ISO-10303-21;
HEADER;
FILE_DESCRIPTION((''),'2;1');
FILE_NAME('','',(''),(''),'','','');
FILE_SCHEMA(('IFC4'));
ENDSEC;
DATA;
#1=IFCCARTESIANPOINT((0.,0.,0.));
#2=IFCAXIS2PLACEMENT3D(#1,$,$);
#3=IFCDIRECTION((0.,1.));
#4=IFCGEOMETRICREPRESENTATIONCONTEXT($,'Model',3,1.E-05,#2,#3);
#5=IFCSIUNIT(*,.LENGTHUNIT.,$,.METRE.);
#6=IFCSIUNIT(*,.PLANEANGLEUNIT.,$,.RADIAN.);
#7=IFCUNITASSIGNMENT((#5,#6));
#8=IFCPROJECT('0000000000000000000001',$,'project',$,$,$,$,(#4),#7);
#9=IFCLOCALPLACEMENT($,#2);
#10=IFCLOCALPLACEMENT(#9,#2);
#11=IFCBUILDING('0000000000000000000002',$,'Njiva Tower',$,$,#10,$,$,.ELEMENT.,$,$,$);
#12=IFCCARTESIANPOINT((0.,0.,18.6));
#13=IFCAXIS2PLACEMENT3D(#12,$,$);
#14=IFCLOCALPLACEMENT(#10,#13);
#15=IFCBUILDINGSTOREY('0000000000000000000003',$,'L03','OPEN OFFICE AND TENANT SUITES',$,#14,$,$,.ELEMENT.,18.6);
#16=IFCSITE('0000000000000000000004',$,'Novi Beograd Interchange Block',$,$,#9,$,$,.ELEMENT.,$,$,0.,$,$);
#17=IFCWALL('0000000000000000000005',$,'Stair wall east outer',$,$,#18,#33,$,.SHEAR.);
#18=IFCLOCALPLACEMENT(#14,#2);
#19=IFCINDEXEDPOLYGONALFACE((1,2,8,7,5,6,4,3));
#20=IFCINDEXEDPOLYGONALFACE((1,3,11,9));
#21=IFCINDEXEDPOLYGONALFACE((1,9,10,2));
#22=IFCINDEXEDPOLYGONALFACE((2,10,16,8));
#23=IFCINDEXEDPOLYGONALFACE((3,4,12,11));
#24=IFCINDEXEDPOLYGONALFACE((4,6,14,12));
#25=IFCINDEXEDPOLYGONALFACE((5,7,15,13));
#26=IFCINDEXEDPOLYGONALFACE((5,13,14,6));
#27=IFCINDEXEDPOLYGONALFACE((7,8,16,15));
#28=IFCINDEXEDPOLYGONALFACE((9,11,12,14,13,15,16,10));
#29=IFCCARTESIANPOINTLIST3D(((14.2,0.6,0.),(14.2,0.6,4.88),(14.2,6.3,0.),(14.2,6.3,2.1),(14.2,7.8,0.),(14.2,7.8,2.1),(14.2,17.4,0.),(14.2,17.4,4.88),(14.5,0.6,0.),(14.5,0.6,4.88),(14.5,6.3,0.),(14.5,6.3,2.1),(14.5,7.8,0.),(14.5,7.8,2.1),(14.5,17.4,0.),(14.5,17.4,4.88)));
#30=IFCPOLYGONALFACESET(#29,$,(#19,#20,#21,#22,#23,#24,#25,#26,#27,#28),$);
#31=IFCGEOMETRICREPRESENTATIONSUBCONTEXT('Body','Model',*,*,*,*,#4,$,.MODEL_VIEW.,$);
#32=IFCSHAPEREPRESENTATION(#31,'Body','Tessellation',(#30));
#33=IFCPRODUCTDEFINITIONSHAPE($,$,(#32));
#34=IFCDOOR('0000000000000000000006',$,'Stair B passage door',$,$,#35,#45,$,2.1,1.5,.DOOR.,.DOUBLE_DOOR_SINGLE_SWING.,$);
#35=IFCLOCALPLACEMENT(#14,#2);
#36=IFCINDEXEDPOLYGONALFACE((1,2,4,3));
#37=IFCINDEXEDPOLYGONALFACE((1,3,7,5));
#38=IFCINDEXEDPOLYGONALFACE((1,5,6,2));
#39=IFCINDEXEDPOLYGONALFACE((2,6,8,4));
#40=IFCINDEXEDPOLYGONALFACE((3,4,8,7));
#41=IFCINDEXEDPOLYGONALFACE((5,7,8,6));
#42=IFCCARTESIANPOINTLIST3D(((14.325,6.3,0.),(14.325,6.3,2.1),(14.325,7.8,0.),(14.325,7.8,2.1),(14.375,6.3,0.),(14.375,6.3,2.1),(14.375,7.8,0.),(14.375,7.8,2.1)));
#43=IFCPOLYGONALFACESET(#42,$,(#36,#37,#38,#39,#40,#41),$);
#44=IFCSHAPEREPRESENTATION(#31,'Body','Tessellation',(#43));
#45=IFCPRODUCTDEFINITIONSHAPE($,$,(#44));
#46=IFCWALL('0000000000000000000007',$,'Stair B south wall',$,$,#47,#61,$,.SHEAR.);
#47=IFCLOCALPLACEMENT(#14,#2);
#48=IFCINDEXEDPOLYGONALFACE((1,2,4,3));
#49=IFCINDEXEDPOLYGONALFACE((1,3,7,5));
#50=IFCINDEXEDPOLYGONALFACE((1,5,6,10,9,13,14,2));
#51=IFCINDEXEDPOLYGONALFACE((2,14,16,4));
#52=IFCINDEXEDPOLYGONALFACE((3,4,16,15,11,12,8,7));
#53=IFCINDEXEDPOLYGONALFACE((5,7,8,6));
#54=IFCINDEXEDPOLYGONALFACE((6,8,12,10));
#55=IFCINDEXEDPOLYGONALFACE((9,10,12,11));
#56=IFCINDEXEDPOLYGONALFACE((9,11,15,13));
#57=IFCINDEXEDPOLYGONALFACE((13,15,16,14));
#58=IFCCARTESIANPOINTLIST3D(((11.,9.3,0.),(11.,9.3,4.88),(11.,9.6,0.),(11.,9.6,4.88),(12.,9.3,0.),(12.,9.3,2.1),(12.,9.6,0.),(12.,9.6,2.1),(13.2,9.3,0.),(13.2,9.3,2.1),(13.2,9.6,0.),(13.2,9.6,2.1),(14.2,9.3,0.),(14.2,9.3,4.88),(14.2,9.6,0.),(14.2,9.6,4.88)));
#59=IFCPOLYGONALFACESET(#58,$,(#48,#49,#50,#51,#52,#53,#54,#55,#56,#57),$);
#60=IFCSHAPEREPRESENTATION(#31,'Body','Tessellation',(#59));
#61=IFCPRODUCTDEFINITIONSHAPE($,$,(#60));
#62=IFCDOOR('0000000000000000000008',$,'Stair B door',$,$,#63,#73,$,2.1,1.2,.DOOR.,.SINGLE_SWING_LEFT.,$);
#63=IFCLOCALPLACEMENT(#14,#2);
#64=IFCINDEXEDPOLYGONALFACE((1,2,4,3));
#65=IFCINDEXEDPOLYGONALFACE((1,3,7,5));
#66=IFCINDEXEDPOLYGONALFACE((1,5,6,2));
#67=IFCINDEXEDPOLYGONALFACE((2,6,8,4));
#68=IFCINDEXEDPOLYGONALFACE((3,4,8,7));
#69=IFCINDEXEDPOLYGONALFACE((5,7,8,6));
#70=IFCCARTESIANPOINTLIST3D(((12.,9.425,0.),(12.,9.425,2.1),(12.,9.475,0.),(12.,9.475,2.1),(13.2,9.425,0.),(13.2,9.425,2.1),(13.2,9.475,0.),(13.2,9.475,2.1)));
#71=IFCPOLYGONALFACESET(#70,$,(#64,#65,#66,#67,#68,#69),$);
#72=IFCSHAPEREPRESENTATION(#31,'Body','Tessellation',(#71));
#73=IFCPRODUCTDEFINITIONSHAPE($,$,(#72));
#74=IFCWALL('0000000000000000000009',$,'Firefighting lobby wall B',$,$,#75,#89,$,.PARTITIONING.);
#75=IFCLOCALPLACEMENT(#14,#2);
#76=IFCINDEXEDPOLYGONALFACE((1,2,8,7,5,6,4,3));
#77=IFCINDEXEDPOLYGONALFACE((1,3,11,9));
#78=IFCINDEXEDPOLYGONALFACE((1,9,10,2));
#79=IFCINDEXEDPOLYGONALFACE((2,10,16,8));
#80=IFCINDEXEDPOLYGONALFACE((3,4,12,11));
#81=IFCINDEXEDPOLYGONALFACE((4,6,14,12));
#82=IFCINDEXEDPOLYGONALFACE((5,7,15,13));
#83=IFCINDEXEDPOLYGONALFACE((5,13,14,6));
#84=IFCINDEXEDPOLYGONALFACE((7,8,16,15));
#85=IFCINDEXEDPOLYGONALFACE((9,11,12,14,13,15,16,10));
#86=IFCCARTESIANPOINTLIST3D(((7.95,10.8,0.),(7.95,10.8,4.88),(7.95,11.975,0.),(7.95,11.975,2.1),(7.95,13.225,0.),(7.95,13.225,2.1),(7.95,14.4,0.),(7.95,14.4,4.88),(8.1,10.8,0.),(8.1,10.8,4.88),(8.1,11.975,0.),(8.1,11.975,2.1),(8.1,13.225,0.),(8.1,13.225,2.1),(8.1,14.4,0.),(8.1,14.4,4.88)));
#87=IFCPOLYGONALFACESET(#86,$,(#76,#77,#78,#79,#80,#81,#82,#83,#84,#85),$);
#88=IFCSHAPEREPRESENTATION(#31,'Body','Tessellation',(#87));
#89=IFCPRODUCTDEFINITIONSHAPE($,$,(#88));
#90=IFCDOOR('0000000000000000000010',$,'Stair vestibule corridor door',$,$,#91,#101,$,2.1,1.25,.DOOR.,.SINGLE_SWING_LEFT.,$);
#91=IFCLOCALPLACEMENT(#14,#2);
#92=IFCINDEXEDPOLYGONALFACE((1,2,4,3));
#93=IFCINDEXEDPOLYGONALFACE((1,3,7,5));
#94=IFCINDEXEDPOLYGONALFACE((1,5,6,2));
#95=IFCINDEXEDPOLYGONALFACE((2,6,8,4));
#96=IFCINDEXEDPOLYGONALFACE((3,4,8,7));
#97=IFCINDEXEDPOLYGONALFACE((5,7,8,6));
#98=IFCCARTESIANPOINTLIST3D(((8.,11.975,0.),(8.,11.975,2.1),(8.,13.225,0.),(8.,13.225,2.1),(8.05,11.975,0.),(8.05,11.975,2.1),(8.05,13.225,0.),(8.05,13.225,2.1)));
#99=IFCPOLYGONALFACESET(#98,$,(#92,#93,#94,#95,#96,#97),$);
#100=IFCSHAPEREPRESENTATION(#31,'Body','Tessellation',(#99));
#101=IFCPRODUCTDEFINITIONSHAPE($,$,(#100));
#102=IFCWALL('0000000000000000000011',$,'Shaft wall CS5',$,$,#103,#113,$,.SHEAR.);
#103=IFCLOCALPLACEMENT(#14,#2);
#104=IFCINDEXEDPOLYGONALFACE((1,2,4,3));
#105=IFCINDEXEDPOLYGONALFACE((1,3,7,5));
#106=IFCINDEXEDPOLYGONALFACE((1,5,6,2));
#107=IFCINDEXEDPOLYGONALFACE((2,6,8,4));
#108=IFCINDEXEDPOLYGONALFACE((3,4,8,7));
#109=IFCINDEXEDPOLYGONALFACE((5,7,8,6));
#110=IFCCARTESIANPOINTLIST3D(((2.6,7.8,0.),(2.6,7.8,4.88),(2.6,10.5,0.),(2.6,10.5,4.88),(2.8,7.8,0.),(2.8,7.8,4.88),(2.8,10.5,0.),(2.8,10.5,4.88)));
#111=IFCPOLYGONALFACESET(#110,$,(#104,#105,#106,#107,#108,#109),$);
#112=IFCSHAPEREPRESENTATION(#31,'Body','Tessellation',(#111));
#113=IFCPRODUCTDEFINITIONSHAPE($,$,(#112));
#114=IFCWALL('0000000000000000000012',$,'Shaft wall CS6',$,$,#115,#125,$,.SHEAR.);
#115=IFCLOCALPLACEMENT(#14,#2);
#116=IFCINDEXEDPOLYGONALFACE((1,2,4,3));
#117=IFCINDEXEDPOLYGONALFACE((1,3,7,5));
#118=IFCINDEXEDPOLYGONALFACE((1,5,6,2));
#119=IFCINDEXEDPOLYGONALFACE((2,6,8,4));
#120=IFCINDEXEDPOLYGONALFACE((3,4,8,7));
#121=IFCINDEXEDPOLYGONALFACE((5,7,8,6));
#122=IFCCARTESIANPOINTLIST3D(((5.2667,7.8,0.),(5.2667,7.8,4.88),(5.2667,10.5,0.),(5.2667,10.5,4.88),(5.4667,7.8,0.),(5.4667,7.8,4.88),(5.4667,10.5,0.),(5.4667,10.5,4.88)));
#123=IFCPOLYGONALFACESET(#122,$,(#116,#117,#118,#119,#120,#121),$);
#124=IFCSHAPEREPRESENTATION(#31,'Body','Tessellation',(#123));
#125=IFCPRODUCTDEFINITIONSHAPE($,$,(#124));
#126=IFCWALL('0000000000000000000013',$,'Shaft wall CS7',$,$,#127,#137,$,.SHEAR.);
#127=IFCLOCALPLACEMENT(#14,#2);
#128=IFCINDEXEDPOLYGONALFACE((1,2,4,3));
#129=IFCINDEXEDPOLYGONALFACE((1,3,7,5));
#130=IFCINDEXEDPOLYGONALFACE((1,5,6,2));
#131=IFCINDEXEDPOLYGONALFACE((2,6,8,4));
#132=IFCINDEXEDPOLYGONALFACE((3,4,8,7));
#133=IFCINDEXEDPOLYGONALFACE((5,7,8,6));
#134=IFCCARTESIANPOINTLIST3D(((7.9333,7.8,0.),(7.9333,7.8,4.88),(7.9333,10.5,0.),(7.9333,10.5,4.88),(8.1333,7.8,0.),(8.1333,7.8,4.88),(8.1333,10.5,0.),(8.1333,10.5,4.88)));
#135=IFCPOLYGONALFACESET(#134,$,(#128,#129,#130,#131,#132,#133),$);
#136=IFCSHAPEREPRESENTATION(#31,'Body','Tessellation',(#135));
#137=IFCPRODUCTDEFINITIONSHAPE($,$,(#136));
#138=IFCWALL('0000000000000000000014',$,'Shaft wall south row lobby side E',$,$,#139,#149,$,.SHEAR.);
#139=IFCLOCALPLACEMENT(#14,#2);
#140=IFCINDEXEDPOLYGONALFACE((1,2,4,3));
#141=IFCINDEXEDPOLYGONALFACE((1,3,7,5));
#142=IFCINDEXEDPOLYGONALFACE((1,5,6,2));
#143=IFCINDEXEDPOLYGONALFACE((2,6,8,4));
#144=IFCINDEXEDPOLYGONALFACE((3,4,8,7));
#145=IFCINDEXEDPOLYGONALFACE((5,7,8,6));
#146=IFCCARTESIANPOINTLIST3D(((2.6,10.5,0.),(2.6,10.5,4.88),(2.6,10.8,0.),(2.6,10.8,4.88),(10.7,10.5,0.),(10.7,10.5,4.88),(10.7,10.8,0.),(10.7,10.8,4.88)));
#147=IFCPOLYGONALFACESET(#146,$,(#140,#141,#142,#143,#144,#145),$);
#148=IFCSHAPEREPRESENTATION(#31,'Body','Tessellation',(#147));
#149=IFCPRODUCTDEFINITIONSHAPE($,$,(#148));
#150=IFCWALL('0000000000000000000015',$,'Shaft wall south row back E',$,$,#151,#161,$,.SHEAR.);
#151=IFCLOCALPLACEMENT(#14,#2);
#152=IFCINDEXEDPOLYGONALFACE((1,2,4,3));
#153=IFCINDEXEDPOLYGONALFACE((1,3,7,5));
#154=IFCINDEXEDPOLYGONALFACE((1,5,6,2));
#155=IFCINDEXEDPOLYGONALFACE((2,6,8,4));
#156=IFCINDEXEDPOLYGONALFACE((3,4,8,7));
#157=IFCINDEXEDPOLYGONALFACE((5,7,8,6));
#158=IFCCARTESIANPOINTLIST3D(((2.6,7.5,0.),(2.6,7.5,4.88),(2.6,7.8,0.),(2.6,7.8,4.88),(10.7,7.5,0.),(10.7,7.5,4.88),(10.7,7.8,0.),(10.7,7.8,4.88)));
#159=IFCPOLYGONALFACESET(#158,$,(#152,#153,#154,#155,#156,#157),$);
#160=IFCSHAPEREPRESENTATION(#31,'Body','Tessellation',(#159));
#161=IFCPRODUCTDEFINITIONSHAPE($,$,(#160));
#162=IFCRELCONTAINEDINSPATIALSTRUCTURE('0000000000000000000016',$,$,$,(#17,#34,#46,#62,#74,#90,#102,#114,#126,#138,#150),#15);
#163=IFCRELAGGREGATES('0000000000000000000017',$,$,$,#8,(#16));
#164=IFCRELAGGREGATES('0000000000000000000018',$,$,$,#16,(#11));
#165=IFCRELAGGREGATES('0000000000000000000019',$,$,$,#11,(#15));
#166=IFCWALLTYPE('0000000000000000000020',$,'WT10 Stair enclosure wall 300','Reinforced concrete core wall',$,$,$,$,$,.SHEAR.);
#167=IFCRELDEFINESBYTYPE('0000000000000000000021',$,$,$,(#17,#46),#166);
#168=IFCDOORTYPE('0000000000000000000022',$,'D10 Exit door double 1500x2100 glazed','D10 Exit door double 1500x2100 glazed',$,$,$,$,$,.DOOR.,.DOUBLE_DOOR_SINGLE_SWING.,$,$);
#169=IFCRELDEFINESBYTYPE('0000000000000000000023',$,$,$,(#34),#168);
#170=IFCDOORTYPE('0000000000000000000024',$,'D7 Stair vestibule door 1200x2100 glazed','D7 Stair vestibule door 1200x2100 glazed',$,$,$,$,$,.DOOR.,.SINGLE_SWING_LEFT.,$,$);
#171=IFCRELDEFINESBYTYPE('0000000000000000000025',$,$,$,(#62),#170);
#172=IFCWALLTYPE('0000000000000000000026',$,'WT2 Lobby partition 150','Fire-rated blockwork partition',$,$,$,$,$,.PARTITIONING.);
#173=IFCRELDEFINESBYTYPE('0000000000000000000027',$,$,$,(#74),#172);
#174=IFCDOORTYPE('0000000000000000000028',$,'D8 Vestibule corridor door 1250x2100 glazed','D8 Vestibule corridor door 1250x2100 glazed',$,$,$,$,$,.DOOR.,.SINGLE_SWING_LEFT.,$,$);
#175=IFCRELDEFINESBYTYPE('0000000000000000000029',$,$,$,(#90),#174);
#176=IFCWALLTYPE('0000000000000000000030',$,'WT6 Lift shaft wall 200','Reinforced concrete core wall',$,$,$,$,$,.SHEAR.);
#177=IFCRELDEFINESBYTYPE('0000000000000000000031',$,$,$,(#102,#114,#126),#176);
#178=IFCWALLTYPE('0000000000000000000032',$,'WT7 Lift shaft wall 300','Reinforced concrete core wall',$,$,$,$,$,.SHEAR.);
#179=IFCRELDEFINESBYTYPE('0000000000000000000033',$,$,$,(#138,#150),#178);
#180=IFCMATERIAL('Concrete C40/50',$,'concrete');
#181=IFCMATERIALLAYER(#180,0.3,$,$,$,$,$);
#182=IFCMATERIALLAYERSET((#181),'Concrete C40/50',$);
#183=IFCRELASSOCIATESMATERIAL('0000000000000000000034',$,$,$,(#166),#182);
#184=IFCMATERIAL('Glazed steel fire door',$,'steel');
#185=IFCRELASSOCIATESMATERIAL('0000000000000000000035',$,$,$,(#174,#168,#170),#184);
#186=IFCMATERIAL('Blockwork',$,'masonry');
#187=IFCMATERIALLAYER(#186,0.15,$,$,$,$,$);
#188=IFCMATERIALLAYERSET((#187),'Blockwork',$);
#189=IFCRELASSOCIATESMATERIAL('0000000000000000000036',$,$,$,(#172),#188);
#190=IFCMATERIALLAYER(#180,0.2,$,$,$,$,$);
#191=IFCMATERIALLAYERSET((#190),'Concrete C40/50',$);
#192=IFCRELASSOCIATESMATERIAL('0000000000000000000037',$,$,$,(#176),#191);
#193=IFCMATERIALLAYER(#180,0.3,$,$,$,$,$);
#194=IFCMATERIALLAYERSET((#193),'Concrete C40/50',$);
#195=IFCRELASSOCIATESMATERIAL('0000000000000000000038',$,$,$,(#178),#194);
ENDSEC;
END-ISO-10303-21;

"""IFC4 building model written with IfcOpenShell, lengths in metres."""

from ifc_helpers import new_model, si_unit, direction, frame, frame_2d, origin, place, context, subcontext, project, spatial, rectangle, extrude, material, layer, layer_set, type_object, element, fill, save


model = new_model("IFC4")

# Units and contexts
model_context = context("Model", 3, precision=1e-05, world=origin(), true_north=direction((0.0, 1.0)))
body_context = subcontext(model_context, "Body", "Model", "MODEL_VIEW")
ifc_project = project(units=[si_unit("LENGTHUNIT", "METRE"), si_unit("PLANEANGLEUNIT", "RADIAN")], contexts=[model_context])

# Site, building, storey
site_placement = place(None, origin())
site = spatial("IfcSite", under=ifc_project, at=site_placement, Name="Novi Beograd Interchange Block", CompositionType="ELEMENT", RefElevation=0.0)
building_placement = place(site_placement, origin())
building = spatial("IfcBuilding", under=site, at=building_placement, Name="Njiva Tower", CompositionType="ELEMENT")
storey_placement = place(building_placement, frame((0.0, 0.0, 18.6)))
storey = spatial("IfcBuildingStorey", under=building, at=storey_placement, Name="L03", Description="OPEN OFFICE AND TENANT SUITES", CompositionType="ELEMENT", Elevation=18.6)

# Shared definitions
ifc_material_1 = material(Name="Concrete C40/50", Category="concrete")

# Shared definitions
ifc_material_2 = material(Name="Blockwork", Category="masonry")

# Shared definitions
ifc_layer_1 = layer(ifc_material_1, 0.3)
ifc_layer_set_1 = layer_set([ifc_layer_1], Name="Concrete C40/50")
wall_type_1 = type_object("IfcWallType", Name="WT10 Stair enclosure wall 300", Description="Reinforced concrete core wall", PredefinedType="SHEAR", material=ifc_layer_set_1)
ifc_material_3 = material(Name="Glazed steel fire door", Category="steel")
door_type_1 = type_object("IfcDoorType", Name="D8 Vestibule corridor door 1250x2100 glazed", Description="D8 Vestibule corridor door 1250x2100 glazed", OperationType="SINGLE_SWING_LEFT", PredefinedType="DOOR", material=ifc_material_3)

# Walls, openings, doors
wall_1_placement = place(storey_placement, frame((14.35, 0.6, 0.0), z_axis=(0.0, 0.0, 1.0), x_axis=(0.0, 1.0, 0.0)))
wall_1 = element("IfcWall", 1, at=wall_1_placement, inside=storey, type_object=wall_type_1, Name="Stair wall east outer", PredefinedType="SHEAR", context=body_context, shape_type="SweptSolid", body=[
    extrude(rectangle(XDim=16.8, YDim=0.3, at=frame_2d((8.4, 0.0))), origin(), (0.0, 0.0, 1.0), 4.88),
])
opening_1_placement = place(wall_1_placement, frame((5.7, 0.0, 0.0)))
opening_1 = element("IfcOpeningElement", 2, at=opening_1_placement, cuts=wall_1, PredefinedType="OPENING", context=body_context, shape_type="SweptSolid", body=[
    extrude(rectangle(XDim=1.5, YDim=2.1, at=frame_2d((0.75, 1.05))), frame((0.0, 0.16, 0.0), z_axis=(0.0, -1.0, 0.0), x_axis=(1.0, 0.0, 0.0)), (0.0, 0.0, 1.0), 0.32),
])
door_type_2 = type_object("IfcDoorType", Name="D10 Exit door double 1500x2100 glazed", Description="D10 Exit door double 1500x2100 glazed", OperationType="DOUBLE_DOOR_SINGLE_SWING", PredefinedType="DOOR", material=ifc_material_3)
door_1_placement = place(opening_1_placement, origin())
door_1 = element("IfcDoor", 3, at=door_1_placement, inside=storey, type_object=door_type_2, Name="Stair B passage door", OperationType="DOUBLE_DOOR_SINGLE_SWING", OverallHeight=2.1, OverallWidth=1.5, PredefinedType="DOOR", context=body_context, shape_type="SweptSolid", body=[
    extrude(rectangle(XDim=1.5, YDim=2.1, at=frame_2d((0.75, 1.05))), frame((0.0, 0.025, 0.0), z_axis=(0.0, -1.0, 0.0), x_axis=(1.0, 0.0, 0.0)), (0.0, 0.0, 1.0), 0.05),
])
fill(opening_1, door_1)
wall_2_placement = place(storey_placement, frame((11.0, 9.45, 0.0), z_axis=(0.0, 0.0, 1.0), x_axis=(1.0, 0.0, 0.0)))
wall_2 = element("IfcWall", 4, at=wall_2_placement, inside=storey, type_object=wall_type_1, Name="Stair B south wall", PredefinedType="SHEAR", context=body_context, shape_type="SweptSolid", body=[
    extrude(rectangle(XDim=3.2, YDim=0.3, at=frame_2d((1.6, 0.0))), origin(), (0.0, 0.0, 1.0), 4.88),
])
opening_2_placement = place(wall_2_placement, frame((1.0, 0.0, 0.0)))
opening_2 = element("IfcOpeningElement", 5, at=opening_2_placement, cuts=wall_2, PredefinedType="OPENING", context=body_context, shape_type="SweptSolid", body=[
    extrude(rectangle(XDim=1.2, YDim=2.1, at=frame_2d((0.6, 1.05))), frame((0.0, 0.16, 0.0), z_axis=(0.0, -1.0, 0.0), x_axis=(1.0, 0.0, 0.0)), (0.0, 0.0, 1.0), 0.32),
])
door_type_3 = type_object("IfcDoorType", Name="D7 Stair vestibule door 1200x2100 glazed", Description="D7 Stair vestibule door 1200x2100 glazed", OperationType="SINGLE_SWING_LEFT", PredefinedType="DOOR", material=ifc_material_3)
door_2_placement = place(opening_2_placement, origin())
door_2 = element("IfcDoor", 6, at=door_2_placement, inside=storey, type_object=door_type_3, Name="Stair B door", OperationType="SINGLE_SWING_LEFT", OverallHeight=2.1, OverallWidth=1.2, PredefinedType="DOOR", context=body_context, shape_type="SweptSolid", body=[
    extrude(rectangle(XDim=1.2, YDim=2.1, at=frame_2d((0.6, 1.05))), frame((0.0, 0.025, 0.0), z_axis=(0.0, -1.0, 0.0), x_axis=(1.0, 0.0, 0.0)), (0.0, 0.0, 1.0), 0.05),
])
fill(opening_2, door_2)
ifc_layer_2 = layer(ifc_material_2, 0.15)
ifc_layer_set_2 = layer_set([ifc_layer_2], Name="Blockwork")
wall_type_2 = type_object("IfcWallType", Name="WT2 Lobby partition 150", Description="Fire-rated blockwork partition", PredefinedType="PARTITIONING", material=ifc_layer_set_2)
wall_3_placement = place(storey_placement, frame((8.025, 10.8, 0.0), z_axis=(0.0, 0.0, 1.0), x_axis=(0.0, 1.0, 0.0)))
wall_3 = element("IfcWall", 7, at=wall_3_placement, inside=storey, type_object=wall_type_2, Name="Firefighting lobby wall B", PredefinedType="PARTITIONING", context=body_context, shape_type="SweptSolid", body=[
    extrude(rectangle(XDim=3.6, YDim=0.15, at=frame_2d((1.8, 0.0))), origin(), (0.0, 0.0, 1.0), 4.88),
])
opening_3_placement = place(wall_3_placement, frame((1.175, 0.0, 0.0)))
opening_3 = element("IfcOpeningElement", 8, at=opening_3_placement, cuts=wall_3, PredefinedType="OPENING", context=body_context, shape_type="SweptSolid", body=[
    extrude(rectangle(XDim=1.25, YDim=2.1, at=frame_2d((0.625, 1.05))), frame((0.0, 0.085, 0.0), z_axis=(0.0, -1.0, 0.0), x_axis=(1.0, 0.0, 0.0)), (0.0, 0.0, 1.0), 0.17),
])
door_3_placement = place(opening_3_placement, origin())
door_3 = element("IfcDoor", 9, at=door_3_placement, inside=storey, type_object=door_type_1, Name="Stair vestibule corridor door", OperationType="SINGLE_SWING_LEFT", OverallHeight=2.1, OverallWidth=1.25, PredefinedType="DOOR", context=body_context, shape_type="SweptSolid", body=[
    extrude(rectangle(XDim=1.25, YDim=2.1, at=frame_2d((0.625, 1.05))), frame((0.0, 0.025, 0.0), z_axis=(0.0, -1.0, 0.0), x_axis=(1.0, 0.0, 0.0)), (0.0, 0.0, 1.0), 0.05),
])
fill(opening_3, door_3)

# Walls
ifc_layer_3 = layer(ifc_material_1, 0.2)
ifc_layer_set_3 = layer_set([ifc_layer_3], Name="Concrete C40/50")
wall_type_3 = type_object("IfcWallType", Name="WT6 Lift shaft wall 200", Description="Reinforced concrete core wall", PredefinedType="SHEAR", material=ifc_layer_set_3)
for number, where, z_axis, x_axis, name in (
    (10, (2.7, 7.8, 0.0), (0.0, 0.0, 1.0), (0.0, 1.0, 0.0), "Shaft wall CS5"),
    (11, (5.3667, 7.8, 0.0), (0.0, 0.0, 1.0), (0.0, 1.0, 0.0), "Shaft wall CS6"),
    (12, (8.0333, 7.8, 0.0), (0.0, 0.0, 1.0), (0.0, 1.0, 0.0), "Shaft wall CS7"),
):
    element("IfcWall", number, at=place(storey_placement, frame(where, z_axis=z_axis, x_axis=x_axis)), inside=storey, type_object=wall_type_3, Name=name, PredefinedType="SHEAR", context=body_context, shape_type="SweptSolid", body=[
        extrude(rectangle(XDim=2.7, YDim=0.2, at=frame_2d((1.35, 0.0))), origin(), (0.0, 0.0, 1.0), 4.88),
    ])
ifc_layer_4 = layer(ifc_material_1, 0.3)
ifc_layer_set_4 = layer_set([ifc_layer_4], Name="Concrete C40/50")
wall_type_4 = type_object("IfcWallType", Name="WT7 Lift shaft wall 300", Description="Reinforced concrete core wall", PredefinedType="SHEAR", material=ifc_layer_set_4)
for number, where, z_axis, x_axis, name in (
    (13, (2.6, 10.65, 0.0), (0.0, 0.0, 1.0), (1.0, 0.0, 0.0), "Shaft wall south row lobby side E"),
    (14, (2.6, 7.65, 0.0), (0.0, 0.0, 1.0), (1.0, 0.0, 0.0), "Shaft wall south row back E"),
):
    element("IfcWall", number, at=place(storey_placement, frame(where, z_axis=z_axis, x_axis=x_axis)), inside=storey, type_object=wall_type_4, Name=name, PredefinedType="SHEAR", context=body_context, shape_type="SweptSolid", body=[
        extrude(rectangle(XDim=8.1, YDim=0.3, at=frame_2d((4.05, 0.0))), origin(), (0.0, 0.0, 1.0), 4.88),
    ])

save(model, "model.ifc")
